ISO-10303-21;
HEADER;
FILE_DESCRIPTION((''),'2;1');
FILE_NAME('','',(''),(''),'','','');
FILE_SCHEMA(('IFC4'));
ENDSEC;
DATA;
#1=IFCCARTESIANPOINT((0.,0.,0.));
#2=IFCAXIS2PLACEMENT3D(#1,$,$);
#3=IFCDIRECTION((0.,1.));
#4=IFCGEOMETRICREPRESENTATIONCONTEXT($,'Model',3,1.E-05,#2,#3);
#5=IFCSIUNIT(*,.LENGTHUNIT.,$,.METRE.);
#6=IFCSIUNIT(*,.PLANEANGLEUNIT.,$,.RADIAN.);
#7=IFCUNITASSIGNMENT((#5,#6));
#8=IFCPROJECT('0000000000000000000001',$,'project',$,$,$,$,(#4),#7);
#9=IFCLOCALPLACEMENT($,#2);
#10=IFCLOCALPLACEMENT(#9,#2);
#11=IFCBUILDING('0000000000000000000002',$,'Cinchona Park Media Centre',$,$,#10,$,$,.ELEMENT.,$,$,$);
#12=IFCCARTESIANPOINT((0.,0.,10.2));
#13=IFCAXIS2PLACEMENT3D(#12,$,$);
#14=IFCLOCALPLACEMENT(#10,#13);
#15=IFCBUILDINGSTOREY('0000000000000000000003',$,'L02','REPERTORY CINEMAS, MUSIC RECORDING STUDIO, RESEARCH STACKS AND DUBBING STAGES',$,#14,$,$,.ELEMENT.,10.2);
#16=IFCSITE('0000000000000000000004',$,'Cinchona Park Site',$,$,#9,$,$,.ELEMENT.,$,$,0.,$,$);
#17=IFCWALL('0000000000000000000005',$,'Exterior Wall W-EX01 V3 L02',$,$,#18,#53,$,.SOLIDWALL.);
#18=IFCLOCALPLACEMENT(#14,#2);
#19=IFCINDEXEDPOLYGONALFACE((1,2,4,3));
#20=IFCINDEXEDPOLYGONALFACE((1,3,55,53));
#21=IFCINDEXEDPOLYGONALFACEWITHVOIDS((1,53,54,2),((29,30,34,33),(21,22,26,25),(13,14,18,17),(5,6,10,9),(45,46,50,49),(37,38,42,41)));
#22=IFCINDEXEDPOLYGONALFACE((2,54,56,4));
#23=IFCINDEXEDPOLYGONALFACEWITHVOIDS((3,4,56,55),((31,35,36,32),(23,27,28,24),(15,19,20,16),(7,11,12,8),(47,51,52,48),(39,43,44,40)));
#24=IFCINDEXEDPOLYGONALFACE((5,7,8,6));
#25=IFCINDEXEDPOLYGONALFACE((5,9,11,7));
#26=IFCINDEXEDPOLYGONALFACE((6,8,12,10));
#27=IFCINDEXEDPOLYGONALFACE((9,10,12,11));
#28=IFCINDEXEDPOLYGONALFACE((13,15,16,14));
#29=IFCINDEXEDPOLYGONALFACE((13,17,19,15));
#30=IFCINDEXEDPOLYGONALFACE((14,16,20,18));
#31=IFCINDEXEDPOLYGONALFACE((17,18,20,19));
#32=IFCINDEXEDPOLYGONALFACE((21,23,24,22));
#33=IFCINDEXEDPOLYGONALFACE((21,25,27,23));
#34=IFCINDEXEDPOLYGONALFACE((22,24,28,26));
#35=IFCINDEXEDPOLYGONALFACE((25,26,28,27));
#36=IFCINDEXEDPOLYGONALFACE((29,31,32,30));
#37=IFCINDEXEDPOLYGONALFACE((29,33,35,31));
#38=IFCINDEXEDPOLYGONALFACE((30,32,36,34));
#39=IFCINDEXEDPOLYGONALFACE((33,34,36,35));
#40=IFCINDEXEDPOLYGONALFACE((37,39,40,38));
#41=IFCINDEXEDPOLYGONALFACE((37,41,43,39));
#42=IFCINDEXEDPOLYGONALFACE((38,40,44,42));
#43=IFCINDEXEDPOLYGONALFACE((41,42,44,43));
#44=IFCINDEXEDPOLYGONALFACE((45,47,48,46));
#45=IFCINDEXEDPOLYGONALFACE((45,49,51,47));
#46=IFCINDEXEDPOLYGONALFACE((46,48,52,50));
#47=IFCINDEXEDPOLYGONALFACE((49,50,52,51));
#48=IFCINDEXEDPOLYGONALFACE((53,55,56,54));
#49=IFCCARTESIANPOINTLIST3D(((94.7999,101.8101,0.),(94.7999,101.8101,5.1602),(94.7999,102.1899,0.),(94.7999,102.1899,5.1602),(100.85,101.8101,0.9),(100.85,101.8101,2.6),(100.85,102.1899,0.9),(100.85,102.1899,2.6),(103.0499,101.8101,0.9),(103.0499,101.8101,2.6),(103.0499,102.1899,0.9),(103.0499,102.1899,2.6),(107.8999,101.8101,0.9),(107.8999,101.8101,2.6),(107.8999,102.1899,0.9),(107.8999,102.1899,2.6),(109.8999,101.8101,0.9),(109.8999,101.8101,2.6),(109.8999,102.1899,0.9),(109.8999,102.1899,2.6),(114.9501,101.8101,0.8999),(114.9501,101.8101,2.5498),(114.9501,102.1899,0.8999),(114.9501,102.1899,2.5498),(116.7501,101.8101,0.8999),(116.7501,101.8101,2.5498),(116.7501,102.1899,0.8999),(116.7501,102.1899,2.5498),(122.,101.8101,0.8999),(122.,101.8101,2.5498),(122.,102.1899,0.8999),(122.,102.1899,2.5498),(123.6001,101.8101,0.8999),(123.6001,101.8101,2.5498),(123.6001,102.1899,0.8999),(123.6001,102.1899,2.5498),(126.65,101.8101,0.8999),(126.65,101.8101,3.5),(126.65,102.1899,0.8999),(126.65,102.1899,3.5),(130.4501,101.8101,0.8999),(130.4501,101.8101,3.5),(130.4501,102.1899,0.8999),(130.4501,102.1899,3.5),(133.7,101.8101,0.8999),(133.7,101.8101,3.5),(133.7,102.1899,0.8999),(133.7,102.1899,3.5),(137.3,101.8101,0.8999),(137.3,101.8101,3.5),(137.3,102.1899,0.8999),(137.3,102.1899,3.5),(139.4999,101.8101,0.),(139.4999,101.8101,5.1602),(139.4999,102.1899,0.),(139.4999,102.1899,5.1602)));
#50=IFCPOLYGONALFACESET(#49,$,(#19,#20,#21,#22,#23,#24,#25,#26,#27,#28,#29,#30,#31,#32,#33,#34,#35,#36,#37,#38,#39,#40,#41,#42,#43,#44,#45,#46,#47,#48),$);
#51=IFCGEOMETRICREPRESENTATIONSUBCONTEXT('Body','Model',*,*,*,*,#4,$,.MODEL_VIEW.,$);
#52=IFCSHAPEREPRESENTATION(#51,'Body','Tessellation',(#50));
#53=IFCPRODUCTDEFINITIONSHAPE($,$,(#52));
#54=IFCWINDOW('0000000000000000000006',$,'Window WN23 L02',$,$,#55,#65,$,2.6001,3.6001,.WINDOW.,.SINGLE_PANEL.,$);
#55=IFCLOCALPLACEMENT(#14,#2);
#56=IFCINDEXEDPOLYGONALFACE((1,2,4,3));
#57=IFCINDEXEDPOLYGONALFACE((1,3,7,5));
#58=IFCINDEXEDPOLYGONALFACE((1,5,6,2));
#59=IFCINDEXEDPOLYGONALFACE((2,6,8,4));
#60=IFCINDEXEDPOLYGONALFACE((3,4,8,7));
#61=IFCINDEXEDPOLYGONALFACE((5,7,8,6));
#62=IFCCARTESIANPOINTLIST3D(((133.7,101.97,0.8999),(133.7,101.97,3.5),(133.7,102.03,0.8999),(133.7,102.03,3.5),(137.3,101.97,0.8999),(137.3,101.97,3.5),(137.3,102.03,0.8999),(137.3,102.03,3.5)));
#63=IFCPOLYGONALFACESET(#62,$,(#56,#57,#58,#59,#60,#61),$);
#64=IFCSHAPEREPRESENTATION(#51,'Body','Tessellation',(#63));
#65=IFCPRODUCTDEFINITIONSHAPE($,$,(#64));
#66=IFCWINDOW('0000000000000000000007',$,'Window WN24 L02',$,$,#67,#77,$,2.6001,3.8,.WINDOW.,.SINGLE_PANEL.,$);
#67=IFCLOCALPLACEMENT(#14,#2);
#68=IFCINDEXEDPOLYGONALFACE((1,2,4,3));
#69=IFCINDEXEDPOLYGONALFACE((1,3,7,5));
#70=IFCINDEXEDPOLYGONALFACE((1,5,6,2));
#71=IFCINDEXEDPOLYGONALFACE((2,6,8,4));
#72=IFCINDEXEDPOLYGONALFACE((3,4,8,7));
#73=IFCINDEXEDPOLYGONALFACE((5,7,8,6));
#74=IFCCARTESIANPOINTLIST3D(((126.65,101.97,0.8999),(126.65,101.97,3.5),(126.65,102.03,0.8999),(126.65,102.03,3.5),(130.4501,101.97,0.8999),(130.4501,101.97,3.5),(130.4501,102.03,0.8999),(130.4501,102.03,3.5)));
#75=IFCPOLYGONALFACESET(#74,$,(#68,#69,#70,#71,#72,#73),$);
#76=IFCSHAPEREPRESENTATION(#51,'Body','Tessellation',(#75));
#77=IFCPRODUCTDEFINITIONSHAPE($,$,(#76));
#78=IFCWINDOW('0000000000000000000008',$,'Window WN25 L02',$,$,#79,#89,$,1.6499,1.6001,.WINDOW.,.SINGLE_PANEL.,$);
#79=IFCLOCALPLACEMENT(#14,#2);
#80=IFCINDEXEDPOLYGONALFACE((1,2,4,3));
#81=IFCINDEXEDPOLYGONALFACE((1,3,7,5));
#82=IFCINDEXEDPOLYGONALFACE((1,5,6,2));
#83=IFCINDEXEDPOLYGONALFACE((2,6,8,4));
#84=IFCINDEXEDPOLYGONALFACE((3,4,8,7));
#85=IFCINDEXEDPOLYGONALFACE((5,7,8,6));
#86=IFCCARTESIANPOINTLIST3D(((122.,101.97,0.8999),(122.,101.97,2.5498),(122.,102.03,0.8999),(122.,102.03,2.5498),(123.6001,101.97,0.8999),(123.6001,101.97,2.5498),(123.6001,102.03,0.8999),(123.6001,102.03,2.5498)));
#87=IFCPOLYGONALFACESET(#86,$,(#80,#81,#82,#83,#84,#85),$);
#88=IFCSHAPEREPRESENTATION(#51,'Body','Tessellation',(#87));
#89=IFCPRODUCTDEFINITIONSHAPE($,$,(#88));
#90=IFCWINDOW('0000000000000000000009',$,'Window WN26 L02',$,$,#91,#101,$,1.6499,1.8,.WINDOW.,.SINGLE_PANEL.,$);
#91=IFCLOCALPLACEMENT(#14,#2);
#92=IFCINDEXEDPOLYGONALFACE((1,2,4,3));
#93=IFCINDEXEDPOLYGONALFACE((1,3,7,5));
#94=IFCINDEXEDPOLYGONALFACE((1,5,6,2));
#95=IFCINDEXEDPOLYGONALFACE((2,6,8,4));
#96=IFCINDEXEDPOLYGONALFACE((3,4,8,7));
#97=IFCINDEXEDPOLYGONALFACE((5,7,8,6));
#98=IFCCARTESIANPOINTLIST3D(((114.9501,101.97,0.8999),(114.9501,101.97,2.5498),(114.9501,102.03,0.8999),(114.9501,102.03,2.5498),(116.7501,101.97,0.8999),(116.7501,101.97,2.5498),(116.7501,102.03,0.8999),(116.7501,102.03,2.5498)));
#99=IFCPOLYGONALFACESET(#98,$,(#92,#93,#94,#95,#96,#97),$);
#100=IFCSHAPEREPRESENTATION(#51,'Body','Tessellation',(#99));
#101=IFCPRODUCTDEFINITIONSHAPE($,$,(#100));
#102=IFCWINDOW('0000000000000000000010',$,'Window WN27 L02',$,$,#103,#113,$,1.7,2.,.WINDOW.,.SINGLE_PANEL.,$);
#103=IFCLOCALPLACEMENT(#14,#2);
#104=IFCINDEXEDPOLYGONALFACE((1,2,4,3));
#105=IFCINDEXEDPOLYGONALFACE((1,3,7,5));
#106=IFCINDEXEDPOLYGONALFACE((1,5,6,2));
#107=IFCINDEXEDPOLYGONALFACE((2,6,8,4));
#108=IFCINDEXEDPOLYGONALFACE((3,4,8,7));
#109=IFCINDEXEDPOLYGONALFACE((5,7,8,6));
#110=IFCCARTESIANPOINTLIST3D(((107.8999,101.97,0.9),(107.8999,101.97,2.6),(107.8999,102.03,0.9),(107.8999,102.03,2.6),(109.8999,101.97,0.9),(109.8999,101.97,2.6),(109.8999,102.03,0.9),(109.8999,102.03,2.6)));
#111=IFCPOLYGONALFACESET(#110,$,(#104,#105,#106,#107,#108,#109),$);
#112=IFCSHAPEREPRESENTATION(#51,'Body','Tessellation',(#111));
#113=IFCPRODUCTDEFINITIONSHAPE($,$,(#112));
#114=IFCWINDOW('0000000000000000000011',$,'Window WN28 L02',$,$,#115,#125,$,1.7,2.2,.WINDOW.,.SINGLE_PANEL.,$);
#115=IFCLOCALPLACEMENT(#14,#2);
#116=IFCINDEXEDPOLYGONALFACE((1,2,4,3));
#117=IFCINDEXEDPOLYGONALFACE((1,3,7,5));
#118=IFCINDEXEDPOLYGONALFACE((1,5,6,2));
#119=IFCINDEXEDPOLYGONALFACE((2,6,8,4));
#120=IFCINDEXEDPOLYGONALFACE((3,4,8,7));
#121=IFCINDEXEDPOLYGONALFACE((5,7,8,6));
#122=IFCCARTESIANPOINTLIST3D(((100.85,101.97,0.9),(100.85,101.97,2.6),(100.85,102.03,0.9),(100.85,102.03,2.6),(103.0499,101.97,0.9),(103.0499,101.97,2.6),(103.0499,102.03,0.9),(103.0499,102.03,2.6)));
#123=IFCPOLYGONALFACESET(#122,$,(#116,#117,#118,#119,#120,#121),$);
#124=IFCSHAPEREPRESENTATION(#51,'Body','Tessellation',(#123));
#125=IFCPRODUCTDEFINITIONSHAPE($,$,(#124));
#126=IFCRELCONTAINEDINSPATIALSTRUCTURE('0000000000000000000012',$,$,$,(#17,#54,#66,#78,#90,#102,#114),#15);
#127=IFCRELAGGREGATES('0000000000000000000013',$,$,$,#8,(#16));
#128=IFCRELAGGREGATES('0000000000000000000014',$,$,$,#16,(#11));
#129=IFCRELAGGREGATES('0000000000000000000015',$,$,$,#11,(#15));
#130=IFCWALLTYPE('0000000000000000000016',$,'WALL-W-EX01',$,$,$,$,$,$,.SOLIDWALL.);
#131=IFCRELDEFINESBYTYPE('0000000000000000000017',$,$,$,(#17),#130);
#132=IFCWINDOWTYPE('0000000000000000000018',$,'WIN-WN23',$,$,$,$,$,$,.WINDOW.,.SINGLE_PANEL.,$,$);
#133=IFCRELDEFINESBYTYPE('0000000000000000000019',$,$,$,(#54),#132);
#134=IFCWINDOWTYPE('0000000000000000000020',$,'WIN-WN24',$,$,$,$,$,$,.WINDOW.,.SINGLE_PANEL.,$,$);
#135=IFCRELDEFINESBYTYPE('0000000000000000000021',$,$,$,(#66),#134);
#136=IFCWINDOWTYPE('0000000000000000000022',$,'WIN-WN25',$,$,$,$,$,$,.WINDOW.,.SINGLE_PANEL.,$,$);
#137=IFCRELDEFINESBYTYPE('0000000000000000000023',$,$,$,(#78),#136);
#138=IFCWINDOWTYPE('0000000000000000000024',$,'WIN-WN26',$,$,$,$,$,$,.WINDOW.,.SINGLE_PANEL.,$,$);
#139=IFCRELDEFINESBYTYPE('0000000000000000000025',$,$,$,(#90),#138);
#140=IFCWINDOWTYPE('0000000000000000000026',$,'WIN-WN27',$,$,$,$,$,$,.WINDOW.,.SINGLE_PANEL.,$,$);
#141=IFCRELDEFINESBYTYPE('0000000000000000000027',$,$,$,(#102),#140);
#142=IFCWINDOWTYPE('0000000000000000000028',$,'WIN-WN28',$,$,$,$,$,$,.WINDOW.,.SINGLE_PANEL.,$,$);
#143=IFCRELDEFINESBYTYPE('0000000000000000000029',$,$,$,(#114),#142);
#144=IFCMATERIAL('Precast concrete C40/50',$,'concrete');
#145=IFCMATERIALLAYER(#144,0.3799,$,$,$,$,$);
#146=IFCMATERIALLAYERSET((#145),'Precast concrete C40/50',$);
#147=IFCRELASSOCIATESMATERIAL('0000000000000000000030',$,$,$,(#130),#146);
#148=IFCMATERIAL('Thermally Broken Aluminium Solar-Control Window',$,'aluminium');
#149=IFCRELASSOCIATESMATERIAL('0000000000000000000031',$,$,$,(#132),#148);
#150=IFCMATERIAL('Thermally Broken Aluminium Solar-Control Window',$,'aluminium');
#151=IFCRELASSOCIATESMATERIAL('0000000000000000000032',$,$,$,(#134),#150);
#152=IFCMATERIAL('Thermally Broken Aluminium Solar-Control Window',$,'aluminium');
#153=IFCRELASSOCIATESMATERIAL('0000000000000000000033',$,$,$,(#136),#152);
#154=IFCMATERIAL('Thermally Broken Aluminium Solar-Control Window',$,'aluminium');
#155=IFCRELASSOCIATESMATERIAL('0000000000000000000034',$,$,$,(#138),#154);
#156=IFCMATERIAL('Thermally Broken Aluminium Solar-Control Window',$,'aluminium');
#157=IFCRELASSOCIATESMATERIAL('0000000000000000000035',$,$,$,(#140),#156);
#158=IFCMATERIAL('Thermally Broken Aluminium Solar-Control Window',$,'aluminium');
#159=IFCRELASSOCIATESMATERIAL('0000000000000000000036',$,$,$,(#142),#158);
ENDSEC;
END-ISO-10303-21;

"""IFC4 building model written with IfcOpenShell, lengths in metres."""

from ifc_helpers import new_model, si_unit, direction, frame, frame_2d, origin, place, context, subcontext, project, spatial, rectangle, extrude, material, layer, layer_set, type_object, element, fill, save


model = new_model("IFC4")

# Units and contexts
model_context = context("Model", 3, precision=1e-05, world=origin(), true_north=direction((0.0, 1.0)))
body_context = subcontext(model_context, "Body", "Model", "MODEL_VIEW")
ifc_project = project(units=[si_unit("LENGTHUNIT", "METRE"), si_unit("PLANEANGLEUNIT", "RADIAN")], contexts=[model_context])

# Site, building, storey
site_placement = place(None, origin())
site = spatial("IfcSite", under=ifc_project, at=site_placement, Name="Cinchona Park Site", CompositionType="ELEMENT", RefElevation=0.0)
building_placement = place(site_placement, origin())
building = spatial("IfcBuilding", under=site, at=building_placement, Name="Cinchona Park Media Centre", CompositionType="ELEMENT")
storey_placement = place(building_placement, frame((0.0, 0.0, 10.2)))
storey = spatial("IfcBuildingStorey", under=building, at=storey_placement, Name="L02", Description="REPERTORY CINEMAS, MUSIC RECORDING STUDIO, RESEARCH STACKS AND DUBBING STAGES", CompositionType="ELEMENT", Elevation=10.2)

# Wall, openings, windows
ifc_material_1 = material(Name="Precast concrete C40/50", Category="concrete")
ifc_layer_1 = layer(ifc_material_1, 0.3799)
ifc_layer_set_1 = layer_set([ifc_layer_1], Name="Precast concrete C40/50")
wall_type_1 = type_object("IfcWallType", Name="WALL-W-EX01", PredefinedType="SOLIDWALL", material=ifc_layer_set_1)
wall_1_placement = place(storey_placement, frame((139.5, 102.0, 0.0), z_axis=(0.0, 0.0, 1.0), x_axis=(-1.0, 0.0, 0.0)))
wall_1 = element("IfcWall", 1, at=wall_1_placement, inside=storey, type_object=wall_type_1, Name="Exterior Wall W-EX01 V3 L02", PredefinedType="SOLIDWALL", context=body_context, shape_type="SweptSolid", body=[
    extrude(rectangle(XDim=44.7, YDim=0.3799, at=frame_2d((22.3501, 0.0))), origin(), (0.0, 0.0, 1.0), 5.1602),
])
opening_1_placement = place(wall_1_placement, frame((2.2, 0.0, 0.8999)))
opening_1 = element("IfcOpeningElement", 2, at=opening_1_placement, cuts=wall_1, PredefinedType="OPENING", context=body_context, shape_type="SweptSolid", body=[
    extrude(rectangle(XDim=3.6001, YDim=2.6001, at=frame_2d((1.8, 1.3))), frame((0.0, 0.2, 0.0), z_axis=(0.0, -1.0, 0.0), x_axis=(1.0, 0.0, 0.0)), (0.0, 0.0, 1.0), 0.3999),
])
opening_2_placement = place(wall_1_placement, frame((9.05, 0.0, 0.8999)))
opening_2 = element("IfcOpeningElement", 3, at=opening_2_placement, cuts=wall_1, PredefinedType="OPENING", context=body_context, shape_type="SweptSolid", body=[
    extrude(rectangle(XDim=3.8, YDim=2.6001, at=frame_2d((1.8999, 1.3))), frame((0.0, 0.2, 0.0), z_axis=(0.0, -1.0, 0.0), x_axis=(1.0, 0.0, 0.0)), (0.0, 0.0, 1.0), 0.3999),
])
opening_3_placement = place(wall_1_placement, frame((15.8999, 0.0, 0.8999)))
opening_3 = element("IfcOpeningElement", 4, at=opening_3_placement, cuts=wall_1, PredefinedType="OPENING", context=body_context, shape_type="SweptSolid", body=[
    extrude(rectangle(XDim=1.6001, YDim=1.6499, at=frame_2d((0.8, 0.825))), frame((0.0, 0.2, 0.0), z_axis=(0.0, -1.0, 0.0), x_axis=(1.0, 0.0, 0.0)), (0.0, 0.0, 1.0), 0.3999),
])
opening_4_placement = place(wall_1_placement, frame((22.75, 0.0, 0.8999)))
opening_4 = element("IfcOpeningElement", 5, at=opening_4_placement, cuts=wall_1, PredefinedType="OPENING", context=body_context, shape_type="SweptSolid", body=[
    extrude(rectangle(XDim=1.8, YDim=1.6499, at=frame_2d((0.8999, 0.825))), frame((0.0, 0.2, 0.0), z_axis=(0.0, -1.0, 0.0), x_axis=(1.0, 0.0, 0.0)), (0.0, 0.0, 1.0), 0.3999),
])
opening_5_placement = place(wall_1_placement, frame((29.6001, 0.0, 0.8999)))
opening_5 = element("IfcOpeningElement", 6, at=opening_5_placement, cuts=wall_1, PredefinedType="OPENING", context=body_context, shape_type="SweptSolid", body=[
    extrude(rectangle(XDim=2.0, YDim=1.7, at=frame_2d((1.0, 0.8501))), frame((0.0, 0.2, 0.0), z_axis=(0.0, -1.0, 0.0), x_axis=(1.0, 0.0, 0.0)), (0.0, 0.0, 1.0), 0.3999),
])
opening_6_placement = place(wall_1_placement, frame((36.45, 0.0, 0.8999)))
opening_6 = element("IfcOpeningElement", 7, at=opening_6_placement, cuts=wall_1, PredefinedType="OPENING", context=body_context, shape_type="SweptSolid", body=[
    extrude(rectangle(XDim=2.2, YDim=1.7, at=frame_2d((1.1001, 0.8501))), frame((0.0, 0.2, 0.0), z_axis=(0.0, -1.0, 0.0), x_axis=(1.0, 0.0, 0.0)), (0.0, 0.0, 1.0), 0.3999),
])
ifc_material_2 = material(Name="Thermally Broken Aluminium Solar-Control Window", Category="aluminium")
window_type_1 = type_object("IfcWindowType", Name="WIN-WN23", PartitioningType="SINGLE_PANEL", PredefinedType="WINDOW", material=ifc_material_2)
window_1_placement = place(opening_1_placement, origin())
window_1 = element("IfcWindow", 8, at=window_1_placement, inside=storey, type_object=window_type_1, Name="Window WN23 L02", OverallHeight=2.6001, OverallWidth=3.6001, PartitioningType="SINGLE_PANEL", PredefinedType="WINDOW", context=body_context, shape_type="SweptSolid", body=[
    extrude(rectangle(XDim=3.6001, YDim=2.6001, at=frame_2d((1.8, 1.3))), frame((0.0, 0.03, 0.0), z_axis=(0.0, -1.0, 0.0), x_axis=(1.0, 0.0, 0.0)), (0.0, 0.0, 1.0), 0.0601),
])
fill(opening_1, window_1)
ifc_material_3 = material(Name="Thermally Broken Aluminium Solar-Control Window", Category="aluminium")
window_type_2 = type_object("IfcWindowType", Name="WIN-WN24", PartitioningType="SINGLE_PANEL", PredefinedType="WINDOW", material=ifc_material_3)
window_2_placement = place(opening_2_placement, origin())
window_2 = element("IfcWindow", 9, at=window_2_placement, inside=storey, type_object=window_type_2, Name="Window WN24 L02", OverallHeight=2.6001, OverallWidth=3.8, PartitioningType="SINGLE_PANEL", PredefinedType="WINDOW", context=body_context, shape_type="SweptSolid", body=[
    extrude(rectangle(XDim=3.8, YDim=2.6001, at=frame_2d((1.8999, 1.3))), frame((0.0, 0.03, 0.0), z_axis=(0.0, -1.0, 0.0), x_axis=(1.0, 0.0, 0.0)), (0.0, 0.0, 1.0), 0.0601),
])
fill(opening_2, window_2)
ifc_material_4 = material(Name="Thermally Broken Aluminium Solar-Control Window", Category="aluminium")
window_type_3 = type_object("IfcWindowType", Name="WIN-WN25", PartitioningType="SINGLE_PANEL", PredefinedType="WINDOW", material=ifc_material_4)
window_3_placement = place(opening_3_placement, origin())
window_3 = element("IfcWindow", 10, at=window_3_placement, inside=storey, type_object=window_type_3, Name="Window WN25 L02", OverallHeight=1.6499, OverallWidth=1.6001, PartitioningType="SINGLE_PANEL", PredefinedType="WINDOW", context=body_context, shape_type="SweptSolid", body=[
    extrude(rectangle(XDim=1.6001, YDim=1.6499, at=frame_2d((0.8, 0.825))), frame((0.0, 0.03, 0.0), z_axis=(0.0, -1.0, 0.0), x_axis=(1.0, 0.0, 0.0)), (0.0, 0.0, 1.0), 0.0601),
])
fill(opening_3, window_3)
ifc_material_5 = material(Name="Thermally Broken Aluminium Solar-Control Window", Category="aluminium")
window_type_4 = type_object("IfcWindowType", Name="WIN-WN26", PartitioningType="SINGLE_PANEL", PredefinedType="WINDOW", material=ifc_material_5)
window_4_placement = place(opening_4_placement, origin())
window_4 = element("IfcWindow", 11, at=window_4_placement, inside=storey, type_object=window_type_4, Name="Window WN26 L02", OverallHeight=1.6499, OverallWidth=1.8, PartitioningType="SINGLE_PANEL", PredefinedType="WINDOW", context=body_context, shape_type="SweptSolid", body=[
    extrude(rectangle(XDim=1.8, YDim=1.6499, at=frame_2d((0.8999, 0.825))), frame((0.0, 0.03, 0.0), z_axis=(0.0, -1.0, 0.0), x_axis=(1.0, 0.0, 0.0)), (0.0, 0.0, 1.0), 0.0601),
])
fill(opening_4, window_4)
ifc_material_6 = material(Name="Thermally Broken Aluminium Solar-Control Window", Category="aluminium")
window_type_5 = type_object("IfcWindowType", Name="WIN-WN27", PartitioningType="SINGLE_PANEL", PredefinedType="WINDOW", material=ifc_material_6)
window_5_placement = place(opening_5_placement, origin())
window_5 = element("IfcWindow", 12, at=window_5_placement, inside=storey, type_object=window_type_5, Name="Window WN27 L02", OverallHeight=1.7, OverallWidth=2.0, PartitioningType="SINGLE_PANEL", PredefinedType="WINDOW", context=body_context, shape_type="SweptSolid", body=[
    extrude(rectangle(XDim=2.0, YDim=1.7, at=frame_2d((1.0, 0.8501))), frame((0.0, 0.03, 0.0), z_axis=(0.0, -1.0, 0.0), x_axis=(1.0, 0.0, 0.0)), (0.0, 0.0, 1.0), 0.0601),
])
fill(opening_5, window_5)
ifc_material_7 = material(Name="Thermally Broken Aluminium Solar-Control Window", Category="aluminium")
window_type_6 = type_object("IfcWindowType", Name="WIN-WN28", PartitioningType="SINGLE_PANEL", PredefinedType="WINDOW", material=ifc_material_7)
window_6_placement = place(opening_6_placement, origin())
window_6 = element("IfcWindow", 13, at=window_6_placement, inside=storey, type_object=window_type_6, Name="Window WN28 L02", OverallHeight=1.7, OverallWidth=2.2, PartitioningType="SINGLE_PANEL", PredefinedType="WINDOW", context=body_context, shape_type="SweptSolid", body=[
    extrude(rectangle(XDim=2.2, YDim=1.7, at=frame_2d((1.1001, 0.8501))), frame((0.0, 0.03, 0.0), z_axis=(0.0, -1.0, 0.0), x_axis=(1.0, 0.0, 0.0)), (0.0, 0.0, 1.0), 0.0601),
])
fill(opening_6, window_6)

save(model, "model.ifc")
